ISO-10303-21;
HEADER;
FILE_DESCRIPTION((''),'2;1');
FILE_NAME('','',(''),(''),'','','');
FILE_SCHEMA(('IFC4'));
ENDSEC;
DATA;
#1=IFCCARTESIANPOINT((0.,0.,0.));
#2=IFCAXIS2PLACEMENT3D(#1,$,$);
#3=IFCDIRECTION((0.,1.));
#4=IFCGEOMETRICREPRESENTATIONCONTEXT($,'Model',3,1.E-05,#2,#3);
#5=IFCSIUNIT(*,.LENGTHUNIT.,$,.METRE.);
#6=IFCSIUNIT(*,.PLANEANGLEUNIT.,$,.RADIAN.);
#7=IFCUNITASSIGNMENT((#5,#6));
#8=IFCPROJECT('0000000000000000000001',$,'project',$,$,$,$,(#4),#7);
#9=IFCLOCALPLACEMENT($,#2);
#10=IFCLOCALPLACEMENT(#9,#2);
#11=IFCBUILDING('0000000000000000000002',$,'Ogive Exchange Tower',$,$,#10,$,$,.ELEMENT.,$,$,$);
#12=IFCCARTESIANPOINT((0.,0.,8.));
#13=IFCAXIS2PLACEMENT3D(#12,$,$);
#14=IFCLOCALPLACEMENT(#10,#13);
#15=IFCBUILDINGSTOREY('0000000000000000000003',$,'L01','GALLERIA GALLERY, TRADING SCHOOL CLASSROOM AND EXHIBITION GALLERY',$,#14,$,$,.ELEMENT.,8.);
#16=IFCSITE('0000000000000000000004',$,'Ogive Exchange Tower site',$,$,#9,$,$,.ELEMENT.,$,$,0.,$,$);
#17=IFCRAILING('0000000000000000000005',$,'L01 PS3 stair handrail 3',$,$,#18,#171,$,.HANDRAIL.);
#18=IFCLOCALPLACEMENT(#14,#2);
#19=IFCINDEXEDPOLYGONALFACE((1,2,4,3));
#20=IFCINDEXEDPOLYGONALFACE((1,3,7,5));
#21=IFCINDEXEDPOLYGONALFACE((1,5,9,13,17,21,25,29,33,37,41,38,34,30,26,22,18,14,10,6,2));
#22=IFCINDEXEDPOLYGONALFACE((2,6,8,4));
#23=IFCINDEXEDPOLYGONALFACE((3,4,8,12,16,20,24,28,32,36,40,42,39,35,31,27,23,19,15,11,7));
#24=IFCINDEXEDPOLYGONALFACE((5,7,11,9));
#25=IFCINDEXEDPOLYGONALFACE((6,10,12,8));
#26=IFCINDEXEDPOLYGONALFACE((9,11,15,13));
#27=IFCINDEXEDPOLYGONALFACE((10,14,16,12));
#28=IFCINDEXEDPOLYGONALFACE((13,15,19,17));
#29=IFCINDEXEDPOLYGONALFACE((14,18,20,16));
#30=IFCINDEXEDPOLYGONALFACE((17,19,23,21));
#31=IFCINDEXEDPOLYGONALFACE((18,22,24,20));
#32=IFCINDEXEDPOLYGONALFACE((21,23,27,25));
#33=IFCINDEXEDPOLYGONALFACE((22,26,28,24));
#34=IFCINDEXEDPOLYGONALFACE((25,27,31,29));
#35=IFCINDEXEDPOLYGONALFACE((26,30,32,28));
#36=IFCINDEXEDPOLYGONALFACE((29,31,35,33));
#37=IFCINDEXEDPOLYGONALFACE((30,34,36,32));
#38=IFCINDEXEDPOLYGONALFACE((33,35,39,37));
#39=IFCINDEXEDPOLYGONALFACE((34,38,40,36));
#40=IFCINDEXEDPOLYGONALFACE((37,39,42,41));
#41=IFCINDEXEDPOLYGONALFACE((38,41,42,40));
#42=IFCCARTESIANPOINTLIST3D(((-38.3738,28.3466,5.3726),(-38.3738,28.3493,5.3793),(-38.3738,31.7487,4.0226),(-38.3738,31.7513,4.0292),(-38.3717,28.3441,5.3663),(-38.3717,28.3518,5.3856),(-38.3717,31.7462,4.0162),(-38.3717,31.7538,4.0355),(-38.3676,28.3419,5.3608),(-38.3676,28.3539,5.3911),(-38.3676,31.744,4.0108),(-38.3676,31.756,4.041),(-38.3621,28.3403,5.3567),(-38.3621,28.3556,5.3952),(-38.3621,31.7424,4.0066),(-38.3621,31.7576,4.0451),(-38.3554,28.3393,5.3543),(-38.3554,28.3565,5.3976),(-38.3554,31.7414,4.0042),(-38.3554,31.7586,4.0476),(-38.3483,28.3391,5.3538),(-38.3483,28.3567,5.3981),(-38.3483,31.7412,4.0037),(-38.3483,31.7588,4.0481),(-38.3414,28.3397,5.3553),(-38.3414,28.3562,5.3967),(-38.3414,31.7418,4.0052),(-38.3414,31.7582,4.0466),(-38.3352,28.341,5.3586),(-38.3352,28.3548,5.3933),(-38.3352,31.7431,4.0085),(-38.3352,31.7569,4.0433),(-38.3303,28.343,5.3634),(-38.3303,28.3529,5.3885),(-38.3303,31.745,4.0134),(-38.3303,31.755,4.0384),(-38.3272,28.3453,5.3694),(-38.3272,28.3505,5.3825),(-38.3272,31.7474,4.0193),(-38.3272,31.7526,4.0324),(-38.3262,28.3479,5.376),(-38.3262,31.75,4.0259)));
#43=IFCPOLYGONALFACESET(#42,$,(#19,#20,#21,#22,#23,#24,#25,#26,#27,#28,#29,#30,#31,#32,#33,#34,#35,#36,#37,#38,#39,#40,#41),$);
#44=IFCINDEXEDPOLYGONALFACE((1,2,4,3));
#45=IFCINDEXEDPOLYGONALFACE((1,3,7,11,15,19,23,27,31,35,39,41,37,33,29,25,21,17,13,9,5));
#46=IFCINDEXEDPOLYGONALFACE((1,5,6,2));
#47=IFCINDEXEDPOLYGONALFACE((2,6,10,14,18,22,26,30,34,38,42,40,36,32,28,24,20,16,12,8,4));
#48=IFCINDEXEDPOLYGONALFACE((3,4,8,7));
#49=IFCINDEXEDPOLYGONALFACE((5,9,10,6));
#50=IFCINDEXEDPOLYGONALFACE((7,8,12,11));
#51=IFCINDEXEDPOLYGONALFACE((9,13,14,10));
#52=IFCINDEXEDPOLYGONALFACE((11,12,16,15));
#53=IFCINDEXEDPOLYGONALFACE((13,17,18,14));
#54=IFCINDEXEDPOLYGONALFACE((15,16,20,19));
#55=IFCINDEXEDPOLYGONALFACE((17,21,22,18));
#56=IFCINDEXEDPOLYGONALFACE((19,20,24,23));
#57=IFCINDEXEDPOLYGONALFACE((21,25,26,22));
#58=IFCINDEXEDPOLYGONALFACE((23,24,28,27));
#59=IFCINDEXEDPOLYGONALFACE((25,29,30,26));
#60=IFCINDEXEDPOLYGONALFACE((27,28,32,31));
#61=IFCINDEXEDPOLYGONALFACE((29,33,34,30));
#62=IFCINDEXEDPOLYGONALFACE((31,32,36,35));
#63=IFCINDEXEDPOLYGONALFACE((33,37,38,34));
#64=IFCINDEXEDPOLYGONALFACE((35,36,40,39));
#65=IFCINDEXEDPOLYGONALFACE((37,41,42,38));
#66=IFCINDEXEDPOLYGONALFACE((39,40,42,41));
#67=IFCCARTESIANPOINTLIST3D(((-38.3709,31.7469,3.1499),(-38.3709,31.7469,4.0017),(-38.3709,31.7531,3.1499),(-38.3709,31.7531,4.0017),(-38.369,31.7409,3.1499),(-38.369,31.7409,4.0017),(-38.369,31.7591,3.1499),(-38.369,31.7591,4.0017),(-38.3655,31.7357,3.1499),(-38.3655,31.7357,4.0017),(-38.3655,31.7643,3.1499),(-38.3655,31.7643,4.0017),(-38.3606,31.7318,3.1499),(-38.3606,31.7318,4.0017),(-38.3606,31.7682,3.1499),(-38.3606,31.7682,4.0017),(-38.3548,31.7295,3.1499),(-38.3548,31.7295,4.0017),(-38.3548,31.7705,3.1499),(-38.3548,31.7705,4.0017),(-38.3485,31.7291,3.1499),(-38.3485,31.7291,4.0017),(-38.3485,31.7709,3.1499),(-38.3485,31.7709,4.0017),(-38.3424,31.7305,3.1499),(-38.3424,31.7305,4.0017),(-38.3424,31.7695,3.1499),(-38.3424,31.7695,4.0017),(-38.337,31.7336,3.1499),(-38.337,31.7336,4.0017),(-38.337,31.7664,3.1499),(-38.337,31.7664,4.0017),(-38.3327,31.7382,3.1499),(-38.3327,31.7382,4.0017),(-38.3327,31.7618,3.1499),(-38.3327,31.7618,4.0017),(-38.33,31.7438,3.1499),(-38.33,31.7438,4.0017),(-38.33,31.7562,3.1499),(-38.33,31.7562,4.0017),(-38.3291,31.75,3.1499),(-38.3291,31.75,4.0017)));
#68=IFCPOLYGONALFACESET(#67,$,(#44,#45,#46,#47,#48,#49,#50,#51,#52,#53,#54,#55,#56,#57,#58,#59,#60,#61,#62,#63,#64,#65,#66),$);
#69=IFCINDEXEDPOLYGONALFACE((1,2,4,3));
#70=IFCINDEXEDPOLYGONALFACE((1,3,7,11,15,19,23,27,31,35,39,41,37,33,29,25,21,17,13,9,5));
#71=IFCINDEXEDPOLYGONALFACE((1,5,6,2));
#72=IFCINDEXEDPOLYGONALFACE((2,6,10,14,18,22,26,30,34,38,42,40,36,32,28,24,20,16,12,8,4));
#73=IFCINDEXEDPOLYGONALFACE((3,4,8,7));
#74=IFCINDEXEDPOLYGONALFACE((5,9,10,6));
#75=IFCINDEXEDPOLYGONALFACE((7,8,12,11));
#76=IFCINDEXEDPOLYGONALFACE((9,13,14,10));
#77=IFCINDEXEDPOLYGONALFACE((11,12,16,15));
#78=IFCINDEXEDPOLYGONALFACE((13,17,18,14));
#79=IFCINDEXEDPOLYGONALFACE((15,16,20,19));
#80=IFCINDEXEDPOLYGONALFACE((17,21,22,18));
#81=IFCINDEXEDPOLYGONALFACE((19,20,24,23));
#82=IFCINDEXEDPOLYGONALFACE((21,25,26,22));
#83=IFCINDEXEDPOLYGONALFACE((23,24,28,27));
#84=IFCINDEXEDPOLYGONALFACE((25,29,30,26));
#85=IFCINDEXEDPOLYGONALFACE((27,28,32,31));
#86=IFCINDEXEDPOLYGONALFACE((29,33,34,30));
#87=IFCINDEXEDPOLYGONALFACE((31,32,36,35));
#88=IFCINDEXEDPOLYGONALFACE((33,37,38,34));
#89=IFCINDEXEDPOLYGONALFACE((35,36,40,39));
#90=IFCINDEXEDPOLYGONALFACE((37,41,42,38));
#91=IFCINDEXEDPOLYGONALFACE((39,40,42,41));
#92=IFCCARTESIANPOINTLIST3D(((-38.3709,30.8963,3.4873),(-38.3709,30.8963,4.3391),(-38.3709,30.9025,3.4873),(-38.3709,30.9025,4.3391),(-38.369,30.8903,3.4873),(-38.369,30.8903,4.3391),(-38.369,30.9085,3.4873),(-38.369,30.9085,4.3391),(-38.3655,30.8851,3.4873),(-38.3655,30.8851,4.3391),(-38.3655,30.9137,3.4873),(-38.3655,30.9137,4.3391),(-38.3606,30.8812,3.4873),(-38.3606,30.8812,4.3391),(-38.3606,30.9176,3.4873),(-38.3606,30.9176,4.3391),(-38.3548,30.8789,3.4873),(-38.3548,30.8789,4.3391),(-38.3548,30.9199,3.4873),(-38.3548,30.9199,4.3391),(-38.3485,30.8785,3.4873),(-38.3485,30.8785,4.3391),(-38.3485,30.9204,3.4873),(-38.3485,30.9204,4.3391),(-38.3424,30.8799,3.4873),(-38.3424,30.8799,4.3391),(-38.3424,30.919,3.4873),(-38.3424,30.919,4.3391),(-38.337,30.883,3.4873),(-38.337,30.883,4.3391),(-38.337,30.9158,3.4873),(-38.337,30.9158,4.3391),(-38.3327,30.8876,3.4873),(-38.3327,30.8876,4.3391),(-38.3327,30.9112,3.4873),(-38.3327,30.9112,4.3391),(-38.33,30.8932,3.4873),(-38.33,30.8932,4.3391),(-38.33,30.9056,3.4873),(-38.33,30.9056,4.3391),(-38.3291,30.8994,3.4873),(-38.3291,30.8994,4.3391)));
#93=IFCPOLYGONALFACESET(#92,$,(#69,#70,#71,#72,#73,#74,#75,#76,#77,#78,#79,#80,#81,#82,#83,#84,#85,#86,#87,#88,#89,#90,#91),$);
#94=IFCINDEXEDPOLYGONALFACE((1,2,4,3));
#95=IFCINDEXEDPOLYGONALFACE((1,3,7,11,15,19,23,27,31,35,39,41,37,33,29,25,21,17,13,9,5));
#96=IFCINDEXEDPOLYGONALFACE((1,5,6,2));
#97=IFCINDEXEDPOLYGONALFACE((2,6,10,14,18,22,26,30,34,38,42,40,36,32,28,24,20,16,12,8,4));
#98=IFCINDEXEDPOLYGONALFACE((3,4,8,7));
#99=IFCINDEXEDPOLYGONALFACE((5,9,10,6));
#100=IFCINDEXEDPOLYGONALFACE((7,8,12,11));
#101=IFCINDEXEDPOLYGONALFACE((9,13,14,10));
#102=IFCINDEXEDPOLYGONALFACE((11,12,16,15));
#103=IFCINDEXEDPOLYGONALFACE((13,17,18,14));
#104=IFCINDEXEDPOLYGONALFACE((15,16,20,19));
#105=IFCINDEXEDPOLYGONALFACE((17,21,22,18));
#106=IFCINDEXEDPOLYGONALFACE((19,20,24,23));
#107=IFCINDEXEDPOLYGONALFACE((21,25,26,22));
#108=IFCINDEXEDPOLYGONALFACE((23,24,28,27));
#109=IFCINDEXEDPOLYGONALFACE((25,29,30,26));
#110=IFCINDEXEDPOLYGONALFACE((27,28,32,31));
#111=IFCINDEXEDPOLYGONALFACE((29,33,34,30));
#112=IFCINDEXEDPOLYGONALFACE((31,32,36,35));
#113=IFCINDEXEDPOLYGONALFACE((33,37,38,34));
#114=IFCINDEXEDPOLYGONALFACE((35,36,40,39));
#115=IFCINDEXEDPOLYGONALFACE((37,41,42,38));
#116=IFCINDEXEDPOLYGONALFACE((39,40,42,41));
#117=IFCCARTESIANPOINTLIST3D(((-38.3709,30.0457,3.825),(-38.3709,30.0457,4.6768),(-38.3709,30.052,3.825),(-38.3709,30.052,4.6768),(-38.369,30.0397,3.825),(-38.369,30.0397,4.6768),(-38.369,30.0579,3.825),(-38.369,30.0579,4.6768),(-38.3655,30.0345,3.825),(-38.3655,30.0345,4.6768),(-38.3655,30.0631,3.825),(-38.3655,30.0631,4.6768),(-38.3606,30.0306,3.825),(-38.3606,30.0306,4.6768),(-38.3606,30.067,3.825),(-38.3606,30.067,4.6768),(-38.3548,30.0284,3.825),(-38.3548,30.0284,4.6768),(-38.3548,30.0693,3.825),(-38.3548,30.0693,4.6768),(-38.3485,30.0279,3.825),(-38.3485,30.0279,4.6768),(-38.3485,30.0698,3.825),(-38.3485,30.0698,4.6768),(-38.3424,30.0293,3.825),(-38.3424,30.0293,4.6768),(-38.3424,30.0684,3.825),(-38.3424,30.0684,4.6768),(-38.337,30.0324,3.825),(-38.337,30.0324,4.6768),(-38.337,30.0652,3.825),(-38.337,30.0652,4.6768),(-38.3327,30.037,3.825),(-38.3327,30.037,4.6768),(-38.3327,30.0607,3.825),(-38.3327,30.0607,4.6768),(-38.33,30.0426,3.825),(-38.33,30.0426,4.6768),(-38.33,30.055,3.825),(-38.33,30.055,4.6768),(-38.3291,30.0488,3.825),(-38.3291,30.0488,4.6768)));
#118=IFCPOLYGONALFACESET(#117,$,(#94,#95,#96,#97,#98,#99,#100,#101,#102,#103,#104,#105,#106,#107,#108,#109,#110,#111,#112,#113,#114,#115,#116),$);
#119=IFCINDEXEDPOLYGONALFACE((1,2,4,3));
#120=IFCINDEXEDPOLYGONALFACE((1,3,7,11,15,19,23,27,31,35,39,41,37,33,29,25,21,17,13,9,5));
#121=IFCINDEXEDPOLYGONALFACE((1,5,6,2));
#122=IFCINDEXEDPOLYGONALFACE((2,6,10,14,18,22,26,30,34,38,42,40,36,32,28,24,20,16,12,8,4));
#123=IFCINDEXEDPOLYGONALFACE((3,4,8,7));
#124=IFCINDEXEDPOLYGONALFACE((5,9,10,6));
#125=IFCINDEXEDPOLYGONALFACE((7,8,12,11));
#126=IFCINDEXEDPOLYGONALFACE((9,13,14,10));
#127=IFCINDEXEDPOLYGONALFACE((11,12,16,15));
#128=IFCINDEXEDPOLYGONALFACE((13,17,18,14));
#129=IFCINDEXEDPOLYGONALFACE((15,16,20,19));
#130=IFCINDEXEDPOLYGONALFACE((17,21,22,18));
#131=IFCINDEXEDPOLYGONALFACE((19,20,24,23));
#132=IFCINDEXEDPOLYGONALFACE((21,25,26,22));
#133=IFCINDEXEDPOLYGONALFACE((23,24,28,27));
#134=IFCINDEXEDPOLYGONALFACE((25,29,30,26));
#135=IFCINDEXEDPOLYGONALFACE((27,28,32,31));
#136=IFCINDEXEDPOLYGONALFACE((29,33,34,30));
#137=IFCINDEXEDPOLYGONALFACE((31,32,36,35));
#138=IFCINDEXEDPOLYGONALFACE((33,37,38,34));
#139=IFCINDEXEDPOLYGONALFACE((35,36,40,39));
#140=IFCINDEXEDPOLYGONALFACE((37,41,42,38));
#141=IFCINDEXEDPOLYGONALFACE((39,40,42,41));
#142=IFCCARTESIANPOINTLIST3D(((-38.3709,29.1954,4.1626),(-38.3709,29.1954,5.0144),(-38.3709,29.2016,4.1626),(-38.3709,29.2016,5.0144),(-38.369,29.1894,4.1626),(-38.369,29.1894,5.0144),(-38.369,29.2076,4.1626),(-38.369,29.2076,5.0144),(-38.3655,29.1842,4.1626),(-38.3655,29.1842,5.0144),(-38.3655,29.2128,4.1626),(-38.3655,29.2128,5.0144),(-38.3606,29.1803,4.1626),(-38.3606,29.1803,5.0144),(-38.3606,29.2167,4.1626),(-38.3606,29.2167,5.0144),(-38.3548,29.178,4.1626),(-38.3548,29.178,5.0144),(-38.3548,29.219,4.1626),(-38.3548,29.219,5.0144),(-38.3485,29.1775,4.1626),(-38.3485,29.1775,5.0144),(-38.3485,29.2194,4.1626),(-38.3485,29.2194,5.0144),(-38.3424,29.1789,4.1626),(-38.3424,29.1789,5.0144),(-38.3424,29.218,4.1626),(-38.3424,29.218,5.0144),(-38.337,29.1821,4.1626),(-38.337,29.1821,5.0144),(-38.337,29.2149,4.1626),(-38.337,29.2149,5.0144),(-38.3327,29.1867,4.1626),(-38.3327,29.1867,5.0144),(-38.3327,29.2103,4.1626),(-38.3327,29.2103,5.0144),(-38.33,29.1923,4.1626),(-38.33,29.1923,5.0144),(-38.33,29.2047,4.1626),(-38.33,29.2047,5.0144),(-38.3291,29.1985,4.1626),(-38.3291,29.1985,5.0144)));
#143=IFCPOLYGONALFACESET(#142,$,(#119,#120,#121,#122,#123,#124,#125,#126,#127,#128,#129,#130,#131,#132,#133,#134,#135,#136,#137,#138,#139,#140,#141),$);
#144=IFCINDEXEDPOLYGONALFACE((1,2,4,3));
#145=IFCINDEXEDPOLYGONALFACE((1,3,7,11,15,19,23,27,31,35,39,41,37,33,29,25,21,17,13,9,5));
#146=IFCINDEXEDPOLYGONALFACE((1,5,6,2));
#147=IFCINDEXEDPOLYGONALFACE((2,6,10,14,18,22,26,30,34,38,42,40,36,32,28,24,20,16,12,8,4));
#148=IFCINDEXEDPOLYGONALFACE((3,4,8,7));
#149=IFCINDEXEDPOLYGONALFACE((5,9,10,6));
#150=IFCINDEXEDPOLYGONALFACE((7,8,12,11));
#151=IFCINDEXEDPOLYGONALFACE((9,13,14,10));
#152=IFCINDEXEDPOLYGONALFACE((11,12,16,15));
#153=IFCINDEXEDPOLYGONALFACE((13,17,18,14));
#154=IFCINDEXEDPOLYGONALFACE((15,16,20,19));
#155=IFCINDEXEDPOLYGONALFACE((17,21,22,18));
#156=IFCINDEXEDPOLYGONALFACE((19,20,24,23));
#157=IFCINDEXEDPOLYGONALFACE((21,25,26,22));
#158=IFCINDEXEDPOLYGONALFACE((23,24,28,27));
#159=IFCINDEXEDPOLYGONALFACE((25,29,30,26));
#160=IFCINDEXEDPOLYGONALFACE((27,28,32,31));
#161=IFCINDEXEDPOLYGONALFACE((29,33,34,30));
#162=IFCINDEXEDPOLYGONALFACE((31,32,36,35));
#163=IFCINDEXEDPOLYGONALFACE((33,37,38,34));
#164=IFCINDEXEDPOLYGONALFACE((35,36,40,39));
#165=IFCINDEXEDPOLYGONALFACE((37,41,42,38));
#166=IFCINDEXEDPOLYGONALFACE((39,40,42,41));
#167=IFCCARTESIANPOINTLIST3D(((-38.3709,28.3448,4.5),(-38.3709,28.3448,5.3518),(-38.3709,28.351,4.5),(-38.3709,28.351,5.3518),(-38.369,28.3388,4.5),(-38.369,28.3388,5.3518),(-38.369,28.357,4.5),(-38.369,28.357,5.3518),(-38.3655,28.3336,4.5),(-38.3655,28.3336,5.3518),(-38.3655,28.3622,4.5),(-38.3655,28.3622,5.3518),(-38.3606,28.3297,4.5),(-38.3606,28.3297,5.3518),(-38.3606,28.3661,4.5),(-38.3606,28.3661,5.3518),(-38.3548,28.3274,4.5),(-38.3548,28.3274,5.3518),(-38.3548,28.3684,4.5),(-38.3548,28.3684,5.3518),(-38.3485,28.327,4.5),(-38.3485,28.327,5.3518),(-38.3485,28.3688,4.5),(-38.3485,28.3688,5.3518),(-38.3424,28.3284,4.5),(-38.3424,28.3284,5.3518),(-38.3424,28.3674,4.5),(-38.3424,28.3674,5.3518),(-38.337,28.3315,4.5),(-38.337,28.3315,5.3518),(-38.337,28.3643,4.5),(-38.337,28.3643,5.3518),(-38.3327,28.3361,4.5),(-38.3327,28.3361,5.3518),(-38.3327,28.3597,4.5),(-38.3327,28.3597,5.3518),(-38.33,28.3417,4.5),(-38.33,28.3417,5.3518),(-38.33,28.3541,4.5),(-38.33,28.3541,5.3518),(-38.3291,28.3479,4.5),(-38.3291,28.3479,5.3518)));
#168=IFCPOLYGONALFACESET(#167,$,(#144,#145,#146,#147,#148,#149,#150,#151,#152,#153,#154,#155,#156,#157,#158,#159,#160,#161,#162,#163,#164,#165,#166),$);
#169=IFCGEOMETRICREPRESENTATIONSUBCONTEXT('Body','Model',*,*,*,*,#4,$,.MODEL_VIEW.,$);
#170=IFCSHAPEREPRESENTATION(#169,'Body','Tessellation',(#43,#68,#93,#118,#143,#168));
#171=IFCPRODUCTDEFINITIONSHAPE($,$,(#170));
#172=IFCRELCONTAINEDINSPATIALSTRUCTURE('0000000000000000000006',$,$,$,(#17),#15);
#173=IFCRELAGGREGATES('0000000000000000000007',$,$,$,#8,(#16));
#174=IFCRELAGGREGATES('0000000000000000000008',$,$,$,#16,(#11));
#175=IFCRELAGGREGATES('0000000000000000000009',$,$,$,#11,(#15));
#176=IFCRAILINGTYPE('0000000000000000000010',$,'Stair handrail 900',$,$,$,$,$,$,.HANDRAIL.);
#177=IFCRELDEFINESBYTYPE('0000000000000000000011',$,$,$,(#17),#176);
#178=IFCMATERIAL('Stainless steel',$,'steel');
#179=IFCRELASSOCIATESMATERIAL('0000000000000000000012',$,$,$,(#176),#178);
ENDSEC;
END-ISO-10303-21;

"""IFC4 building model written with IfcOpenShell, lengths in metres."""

from ifc_helpers import new_model, si_unit, direction, frame, origin, origin_2d, place, context, subcontext, project, spatial, circle, extrude, material, type_object, element, save


model = new_model("IFC4")

# Units and contexts
model_context = context("Model", 3, precision=1e-05, world=origin(), true_north=direction((0.0, 1.0)))
body_context = subcontext(model_context, "Body", "Model", "MODEL_VIEW")
ifc_project = project(units=[si_unit("LENGTHUNIT", "METRE"), si_unit("PLANEANGLEUNIT", "RADIAN")], contexts=[model_context])

# Site, building, storey
site_placement = place(None, origin())
site = spatial("IfcSite", under=ifc_project, at=site_placement, Name="Ogive Exchange Tower site", CompositionType="ELEMENT", RefElevation=0.0)
building_placement = place(site_placement, origin())
building = spatial("IfcBuilding", under=site, at=building_placement, Name="Ogive Exchange Tower", CompositionType="ELEMENT")
storey_placement = place(building_placement, frame((0.0, 0.0, 8.0)))
storey = spatial("IfcBuildingStorey", under=building, at=storey_placement, Name="L01", Description="GALLERIA GALLERY, TRADING SCHOOL CLASSROOM AND EXHIBITION GALLERY", CompositionType="ELEMENT", Elevation=8.0)

# Railing
ifc_material_1 = material(Name="Stainless steel", Category="steel")
railing_type = type_object("IfcRailingType", Name="Stair handrail 900", PredefinedType="HANDRAIL", material=ifc_material_1)
railing_1_placement = place(storey_placement, frame((-38.3501, 31.75, 3.1499)))
element("IfcRailing", 1, at=railing_1_placement, inside=storey, type_object=railing_type, Name="L01 PS3 stair handrail 3", PredefinedType="HANDRAIL", context=body_context, shape_type="SweptSolid", body=[
    extrude(circle(Radius=0.0239, at=origin_2d()), frame((0.0, 0.0, 0.876), z_axis=(0.0, -0.929485, 0.368859), x_axis=(1.0, 0.0, 0.0)), (0.0, 0.0, 1.0), 3.6602),
    extrude(circle(Radius=0.021, at=origin_2d()), origin(), (0.0, 0.0, 1.0), 0.8518),
    extrude(circle(Radius=0.021, at=origin_2d()), frame((0.0, -0.8506, 0.3374)), (0.0, 0.0, 1.0), 0.8518),
    extrude(circle(Radius=0.021, at=origin_2d()), frame((0.0, -1.7012, 0.675)), (0.0, 0.0, 1.0), 0.8518),
    extrude(circle(Radius=0.021, at=origin_2d()), frame((0.0, -2.5515, 1.0127)), (0.0, 0.0, 1.0), 0.8518),
    extrude(circle(Radius=0.021, at=origin_2d()), frame((0.0, -3.4021, 1.3501)), (0.0, 0.0, 1.0), 0.8518),
])

save(model, "model.ifc")
